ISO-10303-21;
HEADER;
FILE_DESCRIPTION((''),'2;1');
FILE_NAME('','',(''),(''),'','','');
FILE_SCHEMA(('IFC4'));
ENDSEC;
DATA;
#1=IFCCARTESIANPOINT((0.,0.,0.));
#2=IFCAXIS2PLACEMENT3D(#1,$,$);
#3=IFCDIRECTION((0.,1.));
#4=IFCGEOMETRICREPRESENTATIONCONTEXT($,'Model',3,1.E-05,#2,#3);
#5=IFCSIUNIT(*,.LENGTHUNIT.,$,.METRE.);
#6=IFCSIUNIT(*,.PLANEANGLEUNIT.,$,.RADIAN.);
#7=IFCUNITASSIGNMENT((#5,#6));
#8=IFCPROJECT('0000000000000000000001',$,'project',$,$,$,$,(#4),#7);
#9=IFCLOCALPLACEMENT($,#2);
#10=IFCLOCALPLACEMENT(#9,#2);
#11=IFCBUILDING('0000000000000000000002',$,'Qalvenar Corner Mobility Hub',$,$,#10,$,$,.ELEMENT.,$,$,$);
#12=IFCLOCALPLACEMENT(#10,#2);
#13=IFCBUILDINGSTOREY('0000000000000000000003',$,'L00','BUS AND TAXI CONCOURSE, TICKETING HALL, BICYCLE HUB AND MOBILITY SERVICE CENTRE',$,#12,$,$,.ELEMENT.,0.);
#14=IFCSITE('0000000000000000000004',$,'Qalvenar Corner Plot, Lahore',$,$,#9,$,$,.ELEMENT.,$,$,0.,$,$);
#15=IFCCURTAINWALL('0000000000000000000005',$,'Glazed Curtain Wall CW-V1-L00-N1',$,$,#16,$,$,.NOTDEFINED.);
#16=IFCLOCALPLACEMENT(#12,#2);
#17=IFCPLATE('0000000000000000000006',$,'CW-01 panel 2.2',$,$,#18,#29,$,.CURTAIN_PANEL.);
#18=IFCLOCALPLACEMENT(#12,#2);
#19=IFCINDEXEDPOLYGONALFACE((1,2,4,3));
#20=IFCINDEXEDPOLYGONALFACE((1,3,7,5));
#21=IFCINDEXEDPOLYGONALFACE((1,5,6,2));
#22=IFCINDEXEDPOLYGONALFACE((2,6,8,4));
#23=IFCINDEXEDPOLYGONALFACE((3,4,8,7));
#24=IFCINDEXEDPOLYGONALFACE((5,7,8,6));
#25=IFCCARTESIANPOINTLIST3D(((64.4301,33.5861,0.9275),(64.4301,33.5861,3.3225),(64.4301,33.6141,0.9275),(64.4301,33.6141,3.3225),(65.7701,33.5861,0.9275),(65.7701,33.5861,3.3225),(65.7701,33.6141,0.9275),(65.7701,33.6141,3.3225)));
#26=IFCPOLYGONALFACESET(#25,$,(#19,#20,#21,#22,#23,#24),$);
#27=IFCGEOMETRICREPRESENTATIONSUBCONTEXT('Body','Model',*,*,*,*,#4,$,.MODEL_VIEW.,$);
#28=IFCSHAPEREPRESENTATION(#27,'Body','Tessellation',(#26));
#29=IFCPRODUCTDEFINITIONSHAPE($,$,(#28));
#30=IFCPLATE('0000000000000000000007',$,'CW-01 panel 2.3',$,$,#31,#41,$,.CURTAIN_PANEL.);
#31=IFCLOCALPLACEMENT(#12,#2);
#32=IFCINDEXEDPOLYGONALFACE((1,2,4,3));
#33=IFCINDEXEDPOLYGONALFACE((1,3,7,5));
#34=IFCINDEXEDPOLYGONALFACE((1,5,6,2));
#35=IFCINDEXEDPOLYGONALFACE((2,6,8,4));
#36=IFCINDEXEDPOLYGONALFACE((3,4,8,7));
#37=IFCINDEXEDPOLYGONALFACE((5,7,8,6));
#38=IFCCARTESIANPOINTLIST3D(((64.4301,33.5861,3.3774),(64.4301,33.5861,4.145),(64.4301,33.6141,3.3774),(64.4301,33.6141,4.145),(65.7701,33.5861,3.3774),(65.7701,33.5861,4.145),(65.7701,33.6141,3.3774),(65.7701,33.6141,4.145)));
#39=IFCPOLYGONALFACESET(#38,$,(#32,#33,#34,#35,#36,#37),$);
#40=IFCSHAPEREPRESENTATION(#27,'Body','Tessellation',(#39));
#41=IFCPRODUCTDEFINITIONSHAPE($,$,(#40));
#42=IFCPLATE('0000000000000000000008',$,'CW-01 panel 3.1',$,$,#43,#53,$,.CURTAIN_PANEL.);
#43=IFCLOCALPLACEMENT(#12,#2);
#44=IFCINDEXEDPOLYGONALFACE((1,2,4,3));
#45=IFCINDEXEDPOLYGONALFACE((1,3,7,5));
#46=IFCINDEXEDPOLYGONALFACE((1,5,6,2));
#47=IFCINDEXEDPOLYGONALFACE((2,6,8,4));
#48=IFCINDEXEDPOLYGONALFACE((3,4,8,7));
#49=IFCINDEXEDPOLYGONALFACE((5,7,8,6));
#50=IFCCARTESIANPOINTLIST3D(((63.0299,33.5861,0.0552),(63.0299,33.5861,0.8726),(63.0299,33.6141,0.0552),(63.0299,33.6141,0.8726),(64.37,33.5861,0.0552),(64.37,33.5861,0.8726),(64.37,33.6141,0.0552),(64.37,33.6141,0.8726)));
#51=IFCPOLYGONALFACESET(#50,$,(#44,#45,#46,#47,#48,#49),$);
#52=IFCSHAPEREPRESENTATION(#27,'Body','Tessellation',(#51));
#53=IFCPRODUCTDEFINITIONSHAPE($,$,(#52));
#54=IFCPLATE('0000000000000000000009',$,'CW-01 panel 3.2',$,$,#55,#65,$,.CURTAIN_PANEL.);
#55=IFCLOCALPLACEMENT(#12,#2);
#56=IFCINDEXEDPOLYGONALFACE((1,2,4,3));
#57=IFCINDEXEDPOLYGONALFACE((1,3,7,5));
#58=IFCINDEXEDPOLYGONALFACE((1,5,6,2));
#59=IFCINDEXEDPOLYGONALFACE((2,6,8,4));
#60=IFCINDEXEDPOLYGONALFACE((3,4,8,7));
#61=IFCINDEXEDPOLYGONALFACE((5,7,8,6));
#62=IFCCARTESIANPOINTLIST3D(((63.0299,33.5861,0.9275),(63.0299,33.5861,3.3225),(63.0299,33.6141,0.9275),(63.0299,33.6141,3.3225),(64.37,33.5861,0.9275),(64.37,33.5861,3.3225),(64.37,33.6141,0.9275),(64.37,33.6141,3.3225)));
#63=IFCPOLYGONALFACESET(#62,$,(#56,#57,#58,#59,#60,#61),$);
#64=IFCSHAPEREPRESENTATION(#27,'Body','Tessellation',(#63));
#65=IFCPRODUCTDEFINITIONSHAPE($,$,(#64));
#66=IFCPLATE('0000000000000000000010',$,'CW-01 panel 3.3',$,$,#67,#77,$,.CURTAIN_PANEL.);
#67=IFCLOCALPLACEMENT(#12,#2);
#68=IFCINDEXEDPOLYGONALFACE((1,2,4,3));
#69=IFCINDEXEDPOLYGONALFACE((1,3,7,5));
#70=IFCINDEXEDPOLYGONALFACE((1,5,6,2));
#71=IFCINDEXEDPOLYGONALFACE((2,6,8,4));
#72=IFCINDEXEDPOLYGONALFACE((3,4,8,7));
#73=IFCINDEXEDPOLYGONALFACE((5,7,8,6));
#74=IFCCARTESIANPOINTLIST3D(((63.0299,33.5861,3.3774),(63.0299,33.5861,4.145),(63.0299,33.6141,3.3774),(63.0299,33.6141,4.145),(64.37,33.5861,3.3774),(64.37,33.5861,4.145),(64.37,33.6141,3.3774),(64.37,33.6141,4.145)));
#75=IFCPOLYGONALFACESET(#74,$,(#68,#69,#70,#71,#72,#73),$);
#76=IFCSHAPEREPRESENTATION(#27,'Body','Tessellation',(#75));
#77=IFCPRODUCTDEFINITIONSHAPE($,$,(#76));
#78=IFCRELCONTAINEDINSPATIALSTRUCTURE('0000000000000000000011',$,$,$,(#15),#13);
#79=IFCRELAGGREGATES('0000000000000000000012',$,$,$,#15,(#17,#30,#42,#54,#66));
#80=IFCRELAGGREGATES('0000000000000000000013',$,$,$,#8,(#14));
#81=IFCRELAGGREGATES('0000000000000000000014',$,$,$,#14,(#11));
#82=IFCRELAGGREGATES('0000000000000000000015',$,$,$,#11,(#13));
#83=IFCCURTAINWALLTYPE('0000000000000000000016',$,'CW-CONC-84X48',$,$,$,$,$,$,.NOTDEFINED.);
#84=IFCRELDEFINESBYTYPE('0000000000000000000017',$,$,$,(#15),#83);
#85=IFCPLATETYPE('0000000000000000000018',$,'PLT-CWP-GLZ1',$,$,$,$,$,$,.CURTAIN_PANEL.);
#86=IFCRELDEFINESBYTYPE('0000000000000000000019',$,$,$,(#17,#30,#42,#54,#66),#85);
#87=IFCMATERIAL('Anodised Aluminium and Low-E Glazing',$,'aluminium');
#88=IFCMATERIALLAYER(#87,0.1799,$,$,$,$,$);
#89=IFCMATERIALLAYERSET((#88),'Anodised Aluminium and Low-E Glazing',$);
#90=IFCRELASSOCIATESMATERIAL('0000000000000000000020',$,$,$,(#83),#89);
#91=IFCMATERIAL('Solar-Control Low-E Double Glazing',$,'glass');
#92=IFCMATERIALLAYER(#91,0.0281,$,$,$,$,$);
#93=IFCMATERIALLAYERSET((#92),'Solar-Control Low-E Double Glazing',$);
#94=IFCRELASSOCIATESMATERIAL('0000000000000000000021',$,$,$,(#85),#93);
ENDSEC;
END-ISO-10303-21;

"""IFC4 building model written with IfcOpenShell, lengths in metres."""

from ifc_helpers import new_model, si_unit, direction, frame, origin, origin_2d, place, context, subcontext, project, spatial, rectangle, extrude, material, layer, layer_set, type_object, element, aggregate, save


model = new_model("IFC4")

# Units and contexts
model_context = context("Model", 3, precision=1e-05, world=origin(), true_north=direction((0.0, 1.0)))
body_context = subcontext(model_context, "Body", "Model", "MODEL_VIEW")
ifc_project = project(units=[si_unit("LENGTHUNIT", "METRE"), si_unit("PLANEANGLEUNIT", "RADIAN")], contexts=[model_context])

# Site, building, storey
site_placement = place(None, origin())
site = spatial("IfcSite", under=ifc_project, at=site_placement, Name="Qalvenar Corner Plot, Lahore", CompositionType="ELEMENT", RefElevation=0.0)
building_placement = place(site_placement, origin())
building = spatial("IfcBuilding", under=site, at=building_placement, Name="Qalvenar Corner Mobility Hub", CompositionType="ELEMENT")
storey_placement = place(building_placement, origin())
storey = spatial("IfcBuildingStorey", under=building, at=storey_placement, Name="L00", Description="BUS AND TAXI CONCOURSE, TICKETING HALL, BICYCLE HUB AND MOBILITY SERVICE CENTRE", CompositionType="ELEMENT", Elevation=0.0)

# Curtain wall, plates
ifc_material_1 = material(Name="Anodised Aluminium and Low-E Glazing", Category="aluminium")
ifc_layer_1 = layer(ifc_material_1, 0.1799)
ifc_layer_set_1 = layer_set([ifc_layer_1], Name="Anodised Aluminium and Low-E Glazing")
curtain_wall_type = type_object("IfcCurtainWallType", Name="CW-CONC-84X48", PredefinedType="NOTDEFINED", material=ifc_layer_set_1)
curtain_wall_placement = place(storey_placement, origin())
curtain_wall = element("IfcCurtainWall", 1, at=curtain_wall_placement, inside=storey, type_object=curtain_wall_type, Name="Glazed Curtain Wall CW-V1-L00-N1", PredefinedType="NOTDEFINED")
ifc_material_2 = material(Name="Solar-Control Low-E Double Glazing", Category="glass")
ifc_layer_2 = layer(ifc_material_2, 0.0281)
ifc_layer_set_2 = layer_set([ifc_layer_2], Name="Solar-Control Low-E Double Glazing")
plate_type = type_object("IfcPlateType", Name="PLT-CWP-GLZ1", PredefinedType="CURTAIN_PANEL", material=ifc_layer_set_2)
plate_1_placement = place(storey_placement, frame((65.1001, 33.6001, 0.9275), z_axis=(0.0, 0.0, 1.0), x_axis=(-1.0, 0.0, 0.0)))
plate_1 = element("IfcPlate", 2, at=plate_1_placement, type_object=plate_type, Name="CW-01 panel 2.2", PredefinedType="CURTAIN_PANEL", context=body_context, shape_type="SweptSolid", body=[
    extrude(rectangle(XDim=1.3401, YDim=0.0281, at=origin_2d()), origin(), (0.0, 0.0, 1.0), 2.395),
])
plate_2_placement = place(storey_placement, frame((65.1001, 33.6001, 3.3774), z_axis=(0.0, 0.0, 1.0), x_axis=(-1.0, 0.0, 0.0)))
plate_2 = element("IfcPlate", 3, at=plate_2_placement, type_object=plate_type, Name="CW-01 panel 2.3", PredefinedType="CURTAIN_PANEL", context=body_context, shape_type="SweptSolid", body=[
    extrude(rectangle(XDim=1.3401, YDim=0.0281, at=origin_2d()), origin(), (0.0, 0.0, 1.0), 0.7676),
])
plate_3_placement = place(storey_placement, frame((63.7, 33.6001, 0.0552), z_axis=(0.0, 0.0, 1.0), x_axis=(-1.0, 0.0, 0.0)))
plate_3 = element("IfcPlate", 4, at=plate_3_placement, type_object=plate_type, Name="CW-01 panel 3.1", PredefinedType="CURTAIN_PANEL", context=body_context, shape_type="SweptSolid", body=[
    extrude(rectangle(XDim=1.3401, YDim=0.0281, at=origin_2d()), origin(), (0.0, 0.0, 1.0), 0.8174),
])
plate_4_placement = place(storey_placement, frame((63.7, 33.6001, 0.9275), z_axis=(0.0, 0.0, 1.0), x_axis=(-1.0, 0.0, 0.0)))
plate_4 = element("IfcPlate", 5, at=plate_4_placement, type_object=plate_type, Name="CW-01 panel 3.2", PredefinedType="CURTAIN_PANEL", context=body_context, shape_type="SweptSolid", body=[
    extrude(rectangle(XDim=1.3401, YDim=0.0281, at=origin_2d()), origin(), (0.0, 0.0, 1.0), 2.395),
])
plate_5_placement = place(storey_placement, frame((63.7, 33.6001, 3.3774), z_axis=(0.0, 0.0, 1.0), x_axis=(-1.0, 0.0, 0.0)))
plate_5 = element("IfcPlate", 6, at=plate_5_placement, type_object=plate_type, Name="CW-01 panel 3.3", PredefinedType="CURTAIN_PANEL", context=body_context, shape_type="SweptSolid", body=[
    extrude(rectangle(XDim=1.3401, YDim=0.0281, at=origin_2d()), origin(), (0.0, 0.0, 1.0), 0.7676),
])
aggregate(curtain_wall, [plate_1, plate_2, plate_3, plate_4, plate_5])

save(model, "model.ifc")
